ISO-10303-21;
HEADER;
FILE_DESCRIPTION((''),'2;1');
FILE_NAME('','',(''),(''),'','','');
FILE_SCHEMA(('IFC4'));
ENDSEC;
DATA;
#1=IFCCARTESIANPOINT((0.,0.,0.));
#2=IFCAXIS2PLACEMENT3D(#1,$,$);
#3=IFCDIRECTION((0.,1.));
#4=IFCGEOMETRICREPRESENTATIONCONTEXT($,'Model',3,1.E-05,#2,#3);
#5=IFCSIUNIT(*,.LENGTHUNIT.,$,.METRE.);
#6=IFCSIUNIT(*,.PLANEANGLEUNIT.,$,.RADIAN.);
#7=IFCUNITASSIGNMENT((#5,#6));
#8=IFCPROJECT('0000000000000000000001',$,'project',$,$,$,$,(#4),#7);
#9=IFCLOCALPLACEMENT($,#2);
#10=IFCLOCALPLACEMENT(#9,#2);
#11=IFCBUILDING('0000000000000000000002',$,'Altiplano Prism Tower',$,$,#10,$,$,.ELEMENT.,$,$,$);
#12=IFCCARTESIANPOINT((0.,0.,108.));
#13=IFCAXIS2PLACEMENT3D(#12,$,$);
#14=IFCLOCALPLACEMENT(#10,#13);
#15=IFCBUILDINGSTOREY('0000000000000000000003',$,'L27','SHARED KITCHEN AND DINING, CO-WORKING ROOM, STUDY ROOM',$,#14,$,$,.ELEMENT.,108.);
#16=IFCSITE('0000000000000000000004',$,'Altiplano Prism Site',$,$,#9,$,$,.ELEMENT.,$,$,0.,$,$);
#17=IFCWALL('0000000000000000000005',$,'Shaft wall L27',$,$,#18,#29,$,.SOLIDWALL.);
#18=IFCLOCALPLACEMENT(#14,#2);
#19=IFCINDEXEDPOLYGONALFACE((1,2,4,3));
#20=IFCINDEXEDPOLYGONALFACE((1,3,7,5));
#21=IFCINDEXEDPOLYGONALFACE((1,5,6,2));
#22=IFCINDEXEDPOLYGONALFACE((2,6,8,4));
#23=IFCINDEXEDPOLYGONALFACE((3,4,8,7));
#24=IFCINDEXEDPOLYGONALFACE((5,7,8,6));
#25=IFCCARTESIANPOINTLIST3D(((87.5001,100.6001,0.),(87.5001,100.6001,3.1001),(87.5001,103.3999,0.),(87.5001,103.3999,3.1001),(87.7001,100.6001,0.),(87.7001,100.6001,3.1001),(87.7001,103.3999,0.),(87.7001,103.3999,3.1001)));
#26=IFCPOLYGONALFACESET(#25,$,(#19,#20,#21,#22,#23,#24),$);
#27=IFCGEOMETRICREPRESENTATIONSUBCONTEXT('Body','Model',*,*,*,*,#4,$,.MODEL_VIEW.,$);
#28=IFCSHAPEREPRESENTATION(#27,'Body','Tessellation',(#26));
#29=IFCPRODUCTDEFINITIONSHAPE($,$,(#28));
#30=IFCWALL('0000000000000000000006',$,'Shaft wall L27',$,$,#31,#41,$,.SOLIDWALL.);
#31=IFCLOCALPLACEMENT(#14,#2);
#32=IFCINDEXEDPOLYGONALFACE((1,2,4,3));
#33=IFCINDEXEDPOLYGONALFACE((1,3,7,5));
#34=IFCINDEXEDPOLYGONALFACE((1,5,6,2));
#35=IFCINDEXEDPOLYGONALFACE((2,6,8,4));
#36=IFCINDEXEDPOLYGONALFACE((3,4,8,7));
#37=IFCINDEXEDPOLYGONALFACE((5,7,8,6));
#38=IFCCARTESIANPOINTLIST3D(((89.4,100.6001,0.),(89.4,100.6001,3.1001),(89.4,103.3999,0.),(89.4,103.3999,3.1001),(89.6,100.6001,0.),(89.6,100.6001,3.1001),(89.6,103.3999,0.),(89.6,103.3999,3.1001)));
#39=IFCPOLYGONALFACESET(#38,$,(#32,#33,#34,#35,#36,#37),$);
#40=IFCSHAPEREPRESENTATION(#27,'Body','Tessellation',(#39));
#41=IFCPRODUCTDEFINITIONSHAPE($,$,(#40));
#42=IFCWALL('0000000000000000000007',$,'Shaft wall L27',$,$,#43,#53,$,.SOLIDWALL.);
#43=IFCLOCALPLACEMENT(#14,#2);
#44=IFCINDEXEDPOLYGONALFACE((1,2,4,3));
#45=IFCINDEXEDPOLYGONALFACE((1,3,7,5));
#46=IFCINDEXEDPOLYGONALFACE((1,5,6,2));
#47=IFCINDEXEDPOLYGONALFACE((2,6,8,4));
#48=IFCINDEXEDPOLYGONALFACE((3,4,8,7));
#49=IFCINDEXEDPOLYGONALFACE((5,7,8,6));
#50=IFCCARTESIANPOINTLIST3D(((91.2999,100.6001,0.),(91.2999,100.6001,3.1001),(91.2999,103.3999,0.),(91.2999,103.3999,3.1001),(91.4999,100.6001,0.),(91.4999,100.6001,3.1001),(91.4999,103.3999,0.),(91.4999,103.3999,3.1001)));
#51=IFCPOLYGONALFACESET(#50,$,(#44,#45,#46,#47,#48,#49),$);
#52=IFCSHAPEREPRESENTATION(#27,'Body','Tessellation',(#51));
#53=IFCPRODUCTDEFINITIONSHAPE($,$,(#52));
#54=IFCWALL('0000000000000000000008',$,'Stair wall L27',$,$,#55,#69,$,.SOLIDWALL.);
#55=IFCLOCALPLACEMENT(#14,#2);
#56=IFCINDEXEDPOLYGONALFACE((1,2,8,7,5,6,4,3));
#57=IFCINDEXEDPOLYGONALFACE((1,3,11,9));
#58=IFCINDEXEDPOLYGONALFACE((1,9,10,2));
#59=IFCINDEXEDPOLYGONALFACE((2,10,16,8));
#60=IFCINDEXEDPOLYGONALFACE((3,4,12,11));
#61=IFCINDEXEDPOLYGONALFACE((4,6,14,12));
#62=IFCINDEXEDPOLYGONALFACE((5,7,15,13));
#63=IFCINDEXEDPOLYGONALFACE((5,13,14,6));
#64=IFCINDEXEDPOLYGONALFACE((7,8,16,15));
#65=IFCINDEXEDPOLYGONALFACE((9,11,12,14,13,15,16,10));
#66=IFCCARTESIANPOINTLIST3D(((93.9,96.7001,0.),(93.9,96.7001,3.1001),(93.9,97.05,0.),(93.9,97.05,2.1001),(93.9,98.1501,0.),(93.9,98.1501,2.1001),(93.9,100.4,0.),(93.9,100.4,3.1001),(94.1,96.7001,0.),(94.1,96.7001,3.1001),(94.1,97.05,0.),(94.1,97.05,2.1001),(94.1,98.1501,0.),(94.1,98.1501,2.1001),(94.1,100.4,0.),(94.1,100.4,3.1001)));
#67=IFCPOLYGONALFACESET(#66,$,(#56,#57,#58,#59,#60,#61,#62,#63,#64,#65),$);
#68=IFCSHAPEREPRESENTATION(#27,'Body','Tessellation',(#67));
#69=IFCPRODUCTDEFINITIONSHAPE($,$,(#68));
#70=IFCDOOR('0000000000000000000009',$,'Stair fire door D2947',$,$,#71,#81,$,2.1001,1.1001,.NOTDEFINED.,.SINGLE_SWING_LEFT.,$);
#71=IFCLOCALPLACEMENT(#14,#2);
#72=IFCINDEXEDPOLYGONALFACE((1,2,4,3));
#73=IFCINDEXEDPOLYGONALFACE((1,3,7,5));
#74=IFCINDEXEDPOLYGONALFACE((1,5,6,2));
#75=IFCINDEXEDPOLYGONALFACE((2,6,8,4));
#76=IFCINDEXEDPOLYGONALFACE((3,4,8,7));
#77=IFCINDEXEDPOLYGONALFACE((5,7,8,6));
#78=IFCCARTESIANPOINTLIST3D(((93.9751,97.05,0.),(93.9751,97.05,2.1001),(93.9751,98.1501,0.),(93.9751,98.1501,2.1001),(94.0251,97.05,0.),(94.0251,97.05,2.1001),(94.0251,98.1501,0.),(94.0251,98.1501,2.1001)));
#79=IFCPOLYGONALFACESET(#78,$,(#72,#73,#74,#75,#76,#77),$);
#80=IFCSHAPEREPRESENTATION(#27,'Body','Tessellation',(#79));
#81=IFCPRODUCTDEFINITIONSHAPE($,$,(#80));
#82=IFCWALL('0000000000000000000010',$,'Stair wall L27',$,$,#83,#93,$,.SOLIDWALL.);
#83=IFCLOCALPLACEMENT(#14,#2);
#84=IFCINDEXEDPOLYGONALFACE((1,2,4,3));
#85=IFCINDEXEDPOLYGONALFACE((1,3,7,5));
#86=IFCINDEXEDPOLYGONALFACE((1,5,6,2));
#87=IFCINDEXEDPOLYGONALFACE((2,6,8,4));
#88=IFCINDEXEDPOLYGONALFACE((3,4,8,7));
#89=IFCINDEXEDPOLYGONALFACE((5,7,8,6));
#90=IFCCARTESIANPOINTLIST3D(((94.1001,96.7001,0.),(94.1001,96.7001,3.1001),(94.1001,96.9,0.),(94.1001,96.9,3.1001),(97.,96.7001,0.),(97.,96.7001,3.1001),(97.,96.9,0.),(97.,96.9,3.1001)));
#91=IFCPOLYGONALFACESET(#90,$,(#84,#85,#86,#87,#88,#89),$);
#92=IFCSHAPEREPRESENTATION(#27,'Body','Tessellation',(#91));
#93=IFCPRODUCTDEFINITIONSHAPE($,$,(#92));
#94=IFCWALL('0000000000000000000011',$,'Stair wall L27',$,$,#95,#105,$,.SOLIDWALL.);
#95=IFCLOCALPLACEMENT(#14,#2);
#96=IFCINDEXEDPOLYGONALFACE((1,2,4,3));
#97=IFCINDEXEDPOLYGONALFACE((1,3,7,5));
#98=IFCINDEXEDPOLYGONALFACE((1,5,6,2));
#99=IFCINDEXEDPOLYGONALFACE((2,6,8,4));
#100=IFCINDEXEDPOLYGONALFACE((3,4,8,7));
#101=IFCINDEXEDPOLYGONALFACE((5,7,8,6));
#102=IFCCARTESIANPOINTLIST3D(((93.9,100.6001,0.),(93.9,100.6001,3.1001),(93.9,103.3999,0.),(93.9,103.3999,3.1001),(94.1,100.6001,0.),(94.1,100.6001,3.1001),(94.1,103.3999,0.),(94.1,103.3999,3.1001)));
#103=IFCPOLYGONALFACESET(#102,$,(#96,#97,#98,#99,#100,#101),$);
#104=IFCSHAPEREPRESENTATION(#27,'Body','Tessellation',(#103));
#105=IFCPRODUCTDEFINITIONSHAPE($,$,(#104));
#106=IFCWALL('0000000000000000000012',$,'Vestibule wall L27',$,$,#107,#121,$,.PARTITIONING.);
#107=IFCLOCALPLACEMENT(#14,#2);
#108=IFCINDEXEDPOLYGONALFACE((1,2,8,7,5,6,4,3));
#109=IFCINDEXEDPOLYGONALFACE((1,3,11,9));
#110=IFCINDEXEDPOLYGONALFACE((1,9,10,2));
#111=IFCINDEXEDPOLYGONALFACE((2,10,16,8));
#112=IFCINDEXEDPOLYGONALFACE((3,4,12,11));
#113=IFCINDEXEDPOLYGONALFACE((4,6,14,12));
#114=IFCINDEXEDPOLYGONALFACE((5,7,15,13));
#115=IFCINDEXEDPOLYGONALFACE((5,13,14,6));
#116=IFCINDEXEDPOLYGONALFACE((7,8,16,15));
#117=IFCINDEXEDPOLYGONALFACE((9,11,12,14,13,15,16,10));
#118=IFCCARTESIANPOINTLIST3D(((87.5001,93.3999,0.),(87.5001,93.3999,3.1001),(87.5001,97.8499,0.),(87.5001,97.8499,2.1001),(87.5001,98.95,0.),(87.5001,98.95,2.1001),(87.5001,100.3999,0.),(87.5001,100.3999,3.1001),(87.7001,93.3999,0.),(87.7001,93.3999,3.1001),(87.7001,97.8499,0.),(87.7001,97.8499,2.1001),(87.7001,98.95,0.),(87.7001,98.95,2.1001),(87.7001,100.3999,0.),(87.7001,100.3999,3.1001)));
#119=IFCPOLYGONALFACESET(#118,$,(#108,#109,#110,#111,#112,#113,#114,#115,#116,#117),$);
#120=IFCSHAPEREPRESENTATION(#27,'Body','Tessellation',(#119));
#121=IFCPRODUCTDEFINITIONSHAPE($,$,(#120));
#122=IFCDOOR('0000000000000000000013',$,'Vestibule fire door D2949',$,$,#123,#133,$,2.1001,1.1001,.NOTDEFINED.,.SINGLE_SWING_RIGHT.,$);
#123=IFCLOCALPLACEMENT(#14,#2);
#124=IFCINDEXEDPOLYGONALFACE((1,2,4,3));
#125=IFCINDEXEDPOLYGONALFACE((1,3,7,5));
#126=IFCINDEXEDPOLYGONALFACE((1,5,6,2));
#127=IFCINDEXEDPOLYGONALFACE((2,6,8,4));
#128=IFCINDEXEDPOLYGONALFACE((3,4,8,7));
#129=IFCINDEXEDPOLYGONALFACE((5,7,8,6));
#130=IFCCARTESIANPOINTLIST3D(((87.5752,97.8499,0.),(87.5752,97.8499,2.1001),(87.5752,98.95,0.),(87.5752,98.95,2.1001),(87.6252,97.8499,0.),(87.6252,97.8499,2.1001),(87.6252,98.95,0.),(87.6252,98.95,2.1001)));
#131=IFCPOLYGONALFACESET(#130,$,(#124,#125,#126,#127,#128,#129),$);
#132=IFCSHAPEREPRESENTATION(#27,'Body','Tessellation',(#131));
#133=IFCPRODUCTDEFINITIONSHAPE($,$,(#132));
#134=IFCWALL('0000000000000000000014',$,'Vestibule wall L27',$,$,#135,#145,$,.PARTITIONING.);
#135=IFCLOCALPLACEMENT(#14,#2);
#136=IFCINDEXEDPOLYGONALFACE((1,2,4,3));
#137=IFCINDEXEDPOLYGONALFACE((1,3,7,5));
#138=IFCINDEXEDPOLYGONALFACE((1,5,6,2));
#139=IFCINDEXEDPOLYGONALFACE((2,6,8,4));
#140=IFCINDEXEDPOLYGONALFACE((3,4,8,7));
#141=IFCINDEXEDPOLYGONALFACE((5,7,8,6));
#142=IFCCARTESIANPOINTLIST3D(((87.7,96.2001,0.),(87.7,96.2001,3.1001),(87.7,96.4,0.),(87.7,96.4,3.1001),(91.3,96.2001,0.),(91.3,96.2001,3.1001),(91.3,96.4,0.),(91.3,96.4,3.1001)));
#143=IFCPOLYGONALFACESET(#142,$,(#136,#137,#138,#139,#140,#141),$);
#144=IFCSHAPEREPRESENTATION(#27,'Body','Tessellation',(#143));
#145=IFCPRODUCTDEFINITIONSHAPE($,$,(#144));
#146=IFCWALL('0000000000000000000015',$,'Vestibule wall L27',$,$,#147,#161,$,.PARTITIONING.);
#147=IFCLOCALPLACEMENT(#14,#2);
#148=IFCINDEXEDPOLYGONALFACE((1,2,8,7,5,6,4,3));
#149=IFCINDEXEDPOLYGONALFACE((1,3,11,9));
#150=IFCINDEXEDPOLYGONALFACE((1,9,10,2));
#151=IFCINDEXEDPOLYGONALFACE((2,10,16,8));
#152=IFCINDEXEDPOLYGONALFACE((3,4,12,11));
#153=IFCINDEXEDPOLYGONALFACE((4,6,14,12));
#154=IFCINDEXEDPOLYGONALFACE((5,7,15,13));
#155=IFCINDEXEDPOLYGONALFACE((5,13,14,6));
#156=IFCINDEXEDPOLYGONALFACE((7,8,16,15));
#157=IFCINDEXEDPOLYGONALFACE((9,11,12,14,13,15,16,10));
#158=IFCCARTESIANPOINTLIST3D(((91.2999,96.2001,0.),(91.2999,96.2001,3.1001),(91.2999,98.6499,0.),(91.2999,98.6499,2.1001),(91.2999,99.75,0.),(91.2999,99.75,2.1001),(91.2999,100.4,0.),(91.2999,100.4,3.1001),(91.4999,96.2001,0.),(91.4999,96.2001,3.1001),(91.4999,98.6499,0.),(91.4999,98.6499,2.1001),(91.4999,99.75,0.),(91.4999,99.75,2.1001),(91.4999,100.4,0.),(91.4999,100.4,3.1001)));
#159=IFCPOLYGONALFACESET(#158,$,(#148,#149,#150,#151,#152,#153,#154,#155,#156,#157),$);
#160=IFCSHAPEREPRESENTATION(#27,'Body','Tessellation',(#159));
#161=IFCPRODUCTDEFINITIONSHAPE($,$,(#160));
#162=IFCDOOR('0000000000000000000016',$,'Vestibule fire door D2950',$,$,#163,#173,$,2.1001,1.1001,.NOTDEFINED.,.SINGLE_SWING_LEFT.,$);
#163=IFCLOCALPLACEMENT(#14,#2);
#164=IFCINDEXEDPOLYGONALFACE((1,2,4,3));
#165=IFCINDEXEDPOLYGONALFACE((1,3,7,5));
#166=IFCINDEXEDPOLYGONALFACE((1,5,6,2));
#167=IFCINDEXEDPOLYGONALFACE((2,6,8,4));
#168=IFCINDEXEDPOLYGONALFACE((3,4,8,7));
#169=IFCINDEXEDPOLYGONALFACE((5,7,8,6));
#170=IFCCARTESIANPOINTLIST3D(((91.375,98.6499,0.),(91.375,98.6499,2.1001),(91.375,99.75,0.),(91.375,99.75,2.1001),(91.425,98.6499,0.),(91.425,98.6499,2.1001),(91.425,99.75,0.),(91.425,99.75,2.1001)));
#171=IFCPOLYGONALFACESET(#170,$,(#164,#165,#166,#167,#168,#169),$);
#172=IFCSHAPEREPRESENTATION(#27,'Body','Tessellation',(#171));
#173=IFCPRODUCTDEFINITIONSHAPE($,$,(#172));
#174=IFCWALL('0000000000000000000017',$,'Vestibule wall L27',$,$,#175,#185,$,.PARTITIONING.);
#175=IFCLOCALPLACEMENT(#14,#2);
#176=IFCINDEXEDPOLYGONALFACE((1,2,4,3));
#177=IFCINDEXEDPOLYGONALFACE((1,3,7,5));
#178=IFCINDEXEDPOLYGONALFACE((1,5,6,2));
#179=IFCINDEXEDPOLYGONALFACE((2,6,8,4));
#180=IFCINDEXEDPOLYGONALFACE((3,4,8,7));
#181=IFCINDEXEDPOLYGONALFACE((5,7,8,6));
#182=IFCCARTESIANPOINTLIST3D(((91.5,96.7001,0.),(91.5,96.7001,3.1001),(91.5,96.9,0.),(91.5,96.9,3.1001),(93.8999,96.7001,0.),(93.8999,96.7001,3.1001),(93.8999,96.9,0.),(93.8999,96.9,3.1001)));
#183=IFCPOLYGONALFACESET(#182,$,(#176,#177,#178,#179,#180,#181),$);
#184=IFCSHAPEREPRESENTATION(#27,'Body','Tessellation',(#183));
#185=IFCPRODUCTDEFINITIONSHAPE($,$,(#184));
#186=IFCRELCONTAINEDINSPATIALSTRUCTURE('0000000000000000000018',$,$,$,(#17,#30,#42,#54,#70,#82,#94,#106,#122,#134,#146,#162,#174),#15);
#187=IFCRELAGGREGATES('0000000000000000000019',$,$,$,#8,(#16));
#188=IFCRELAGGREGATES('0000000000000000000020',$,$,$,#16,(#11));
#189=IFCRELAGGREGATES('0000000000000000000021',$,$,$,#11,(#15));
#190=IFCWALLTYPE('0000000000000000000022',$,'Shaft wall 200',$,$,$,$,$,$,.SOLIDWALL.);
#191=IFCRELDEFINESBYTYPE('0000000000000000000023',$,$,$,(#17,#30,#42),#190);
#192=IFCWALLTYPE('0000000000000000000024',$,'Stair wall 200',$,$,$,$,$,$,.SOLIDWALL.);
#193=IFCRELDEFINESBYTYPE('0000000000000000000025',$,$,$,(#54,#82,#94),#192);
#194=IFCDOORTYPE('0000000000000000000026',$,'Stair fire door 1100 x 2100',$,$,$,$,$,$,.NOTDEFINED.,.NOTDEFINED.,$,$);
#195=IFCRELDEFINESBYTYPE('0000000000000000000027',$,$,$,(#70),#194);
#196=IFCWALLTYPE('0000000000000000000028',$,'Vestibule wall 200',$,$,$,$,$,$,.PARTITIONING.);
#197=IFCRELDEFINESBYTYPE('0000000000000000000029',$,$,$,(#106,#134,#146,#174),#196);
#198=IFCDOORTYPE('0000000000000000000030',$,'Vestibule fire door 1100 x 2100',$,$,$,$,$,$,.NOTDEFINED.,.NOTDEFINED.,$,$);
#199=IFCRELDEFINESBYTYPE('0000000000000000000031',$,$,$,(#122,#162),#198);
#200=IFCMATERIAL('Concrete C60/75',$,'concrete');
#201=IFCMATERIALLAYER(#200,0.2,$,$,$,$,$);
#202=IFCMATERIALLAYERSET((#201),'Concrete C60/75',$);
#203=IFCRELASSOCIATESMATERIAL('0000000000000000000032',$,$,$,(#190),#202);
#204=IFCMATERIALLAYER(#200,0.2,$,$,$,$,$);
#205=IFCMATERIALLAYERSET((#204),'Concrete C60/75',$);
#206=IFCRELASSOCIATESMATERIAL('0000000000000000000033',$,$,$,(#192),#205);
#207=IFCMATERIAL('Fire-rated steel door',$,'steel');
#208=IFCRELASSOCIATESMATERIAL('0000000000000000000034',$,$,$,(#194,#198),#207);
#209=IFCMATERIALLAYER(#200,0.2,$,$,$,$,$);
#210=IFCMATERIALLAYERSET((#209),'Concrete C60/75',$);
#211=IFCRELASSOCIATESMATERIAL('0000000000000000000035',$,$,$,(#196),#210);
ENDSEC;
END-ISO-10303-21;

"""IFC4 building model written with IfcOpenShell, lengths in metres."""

from ifc_helpers import new_model, si_unit, direction, frame, frame_2d, origin, place, context, subcontext, project, spatial, rectangle, extrude, material, layer, layer_set, type_object, element, fill, save


model = new_model("IFC4")

# Units and contexts
model_context = context("Model", 3, precision=1e-05, world=origin(), true_north=direction((0.0, 1.0)))
body_context = subcontext(model_context, "Body", "Model", "MODEL_VIEW")
ifc_project = project(units=[si_unit("LENGTHUNIT", "METRE"), si_unit("PLANEANGLEUNIT", "RADIAN")], contexts=[model_context])

# Site, building, storey
site_placement = place(None, origin())
site = spatial("IfcSite", under=ifc_project, at=site_placement, Name="Altiplano Prism Site", CompositionType="ELEMENT", RefElevation=0.0)
building_placement = place(site_placement, origin())
building = spatial("IfcBuilding", under=site, at=building_placement, Name="Altiplano Prism Tower", CompositionType="ELEMENT")
storey_placement = place(building_placement, frame((0.0, 0.0, 108.0)))
storey = spatial("IfcBuildingStorey", under=building, at=storey_placement, Name="L27", Description="SHARED KITCHEN AND DINING, CO-WORKING ROOM, STUDY ROOM", CompositionType="ELEMENT", Elevation=108.0)

# Walls
ifc_material_1 = material(Name="Concrete C60/75", Category="concrete")
ifc_layer_1 = layer(ifc_material_1, 0.2)
ifc_layer_set_1 = layer_set([ifc_layer_1], Name="Concrete C60/75")
wall_type_1 = type_object("IfcWallType", Name="Shaft wall 200", PredefinedType="SOLIDWALL", material=ifc_layer_set_1)
for number, where, z_axis, x_axis, name in (
    (1, (87.6001, 100.6001, 0.0), (0.0, 0.0, 1.0), (0.0, 1.0, 0.0), "Shaft wall L27"),
    (2, (89.5, 100.6001, 0.0), (0.0, 0.0, 1.0), (0.0, 1.0, 0.0), "Shaft wall L27"),
    (3, (91.3999, 100.6001, 0.0), (0.0, 0.0, 1.0), (0.0, 1.0, 0.0), "Shaft wall L27"),
):
    element("IfcWall", number, at=place(storey_placement, frame(where, z_axis=z_axis, x_axis=x_axis)), inside=storey, type_object=wall_type_1, Name=name, PredefinedType="SOLIDWALL", context=body_context, shape_type="SweptSolid", body=[
        extrude(rectangle(XDim=2.7998, YDim=0.2, at=frame_2d((1.3999, 0.0))), origin(), (0.0, 0.0, 1.0), 3.1001),
    ])

# Wall, opening, door
ifc_layer_2 = layer(ifc_material_1, 0.2)
ifc_layer_set_2 = layer_set([ifc_layer_2], Name="Concrete C60/75")
wall_type_2 = type_object("IfcWallType", Name="Stair wall 200", PredefinedType="SOLIDWALL", material=ifc_layer_set_2)
wall_1_placement = place(storey_placement, frame((94.0, 96.7, 0.0), z_axis=(0.0, 0.0, 1.0), x_axis=(0.0, 1.0, 0.0)))
wall_1 = element("IfcWall", 4, at=wall_1_placement, inside=storey, type_object=wall_type_2, Name="Stair wall L27", PredefinedType="SOLIDWALL", context=body_context, shape_type="SweptSolid", body=[
    extrude(rectangle(XDim=3.7, YDim=0.2, at=frame_2d((1.8501, 0.0))), origin(), (0.0, 0.0, 1.0), 3.1001),
])
opening_1_placement = place(wall_1_placement, frame((0.3501, 0.0, 0.0)))
opening_1 = element("IfcOpeningElement", 5, at=opening_1_placement, cuts=wall_1, PredefinedType="OPENING", context=body_context, shape_type="SweptSolid", body=[
    extrude(rectangle(XDim=1.1001, YDim=2.1001, at=frame_2d((0.55, 1.05))), frame((0.0, 0.1104, 0.0), z_axis=(0.0, -1.0, 0.0), x_axis=(1.0, 0.0, 0.0)), (0.0, 0.0, 1.0), 0.2209),
])
ifc_material_2 = material(Name="Fire-rated steel door", Category="steel")
door_type_1 = type_object("IfcDoorType", Name="Stair fire door 1100 x 2100", OperationType="NOTDEFINED", PredefinedType="NOTDEFINED", material=ifc_material_2)
door_1_placement = place(opening_1_placement, origin())
door_1 = element("IfcDoor", 6, at=door_1_placement, inside=storey, type_object=door_type_1, Name="Stair fire door D2947", OperationType="SINGLE_SWING_LEFT", OverallHeight=2.1001, OverallWidth=1.1001, PredefinedType="NOTDEFINED", context=body_context, shape_type="SweptSolid", body=[
    extrude(rectangle(XDim=1.1001, YDim=2.1001, at=frame_2d((0.55, 1.05))), frame((0.0, 0.0249, 0.0), z_axis=(0.0, -1.0, 0.0), x_axis=(1.0, 0.0, 0.0)), (0.0, 0.0, 1.0), 0.05),
])
fill(opening_1, door_1)

# Walls
wall_2_placement = place(storey_placement, frame((94.1001, 96.8, 0.0), z_axis=(0.0, 0.0, 1.0), x_axis=(1.0, 0.0, 0.0)))
element("IfcWall", 7, at=wall_2_placement, inside=storey, type_object=wall_type_2, Name="Stair wall L27", PredefinedType="SOLIDWALL", context=body_context, shape_type="SweptSolid", body=[
    extrude(rectangle(XDim=2.8999, YDim=0.2, at=frame_2d((1.45, 0.0))), origin(), (0.0, 0.0, 1.0), 3.1001),
])
wall_3_placement = place(storey_placement, frame((94.0, 100.6001, 0.0), z_axis=(0.0, 0.0, 1.0), x_axis=(0.0, 1.0, 0.0)))
element("IfcWall", 8, at=wall_3_placement, inside=storey, type_object=wall_type_2, Name="Stair wall L27", PredefinedType="SOLIDWALL", context=body_context, shape_type="SweptSolid", body=[
    extrude(rectangle(XDim=2.7998, YDim=0.2, at=frame_2d((1.3999, 0.0))), origin(), (0.0, 0.0, 1.0), 3.1001),
])

# Wall, opening, door
ifc_layer_3 = layer(ifc_material_1, 0.2)
ifc_layer_set_3 = layer_set([ifc_layer_3], Name="Concrete C60/75")
wall_type_3 = type_object("IfcWallType", Name="Vestibule wall 200", PredefinedType="PARTITIONING", material=ifc_layer_set_3)
wall_4_placement = place(storey_placement, frame((87.6001, 93.3999, 0.0), z_axis=(0.0, 0.0, 1.0), x_axis=(0.0, 1.0, 0.0)))
wall_4 = element("IfcWall", 9, at=wall_4_placement, inside=storey, type_object=wall_type_3, Name="Vestibule wall L27", PredefinedType="PARTITIONING", context=body_context, shape_type="SweptSolid", body=[
    extrude(rectangle(XDim=7.0, YDim=0.2, at=frame_2d((3.5, 0.0))), origin(), (0.0, 0.0, 1.0), 3.1001),
])
opening_2_placement = place(wall_4_placement, frame((4.45, 0.0, 0.0)))
opening_2 = element("IfcOpeningElement", 10, at=opening_2_placement, cuts=wall_4, PredefinedType="OPENING", context=body_context, shape_type="SweptSolid", body=[
    extrude(rectangle(XDim=1.1001, YDim=2.1001, at=frame_2d((0.55, 1.05))), frame((0.0, 0.1104, 0.0), z_axis=(0.0, -1.0, 0.0), x_axis=(1.0, 0.0, 0.0)), (0.0, 0.0, 1.0), 0.2209),
])
door_type_2 = type_object("IfcDoorType", Name="Vestibule fire door 1100 x 2100", OperationType="NOTDEFINED", PredefinedType="NOTDEFINED", material=ifc_material_2)
door_2_placement = place(opening_2_placement, origin())
door_2 = element("IfcDoor", 11, at=door_2_placement, inside=storey, type_object=door_type_2, Name="Vestibule fire door D2949", OperationType="SINGLE_SWING_RIGHT", OverallHeight=2.1001, OverallWidth=1.1001, PredefinedType="NOTDEFINED", context=body_context, shape_type="SweptSolid", body=[
    extrude(rectangle(XDim=1.1001, YDim=2.1001, at=frame_2d((0.55, 1.05))), frame((0.0, 0.0249, 0.0), z_axis=(0.0, -1.0, 0.0), x_axis=(1.0, 0.0, 0.0)), (0.0, 0.0, 1.0), 0.05),
])
fill(opening_2, door_2)

# Wall
wall_5_placement = place(storey_placement, frame((87.7, 96.3, 0.0), z_axis=(0.0, 0.0, 1.0), x_axis=(1.0, 0.0, 0.0)))
element("IfcWall", 12, at=wall_5_placement, inside=storey, type_object=wall_type_3, Name="Vestibule wall L27", PredefinedType="PARTITIONING", context=body_context, shape_type="SweptSolid", body=[
    extrude(rectangle(XDim=3.6001, YDim=0.2, at=frame_2d((1.8, 0.0))), origin(), (0.0, 0.0, 1.0), 3.1001),
])

# Wall, opening, door
wall_6_placement = place(storey_placement, frame((91.3999, 96.2, 0.0), z_axis=(0.0, 0.0, 1.0), x_axis=(0.0, 1.0, 0.0)))
wall_6 = element("IfcWall", 13, at=wall_6_placement, inside=storey, type_object=wall_type_3, Name="Vestibule wall L27", PredefinedType="PARTITIONING", context=body_context, shape_type="SweptSolid", body=[
    extrude(rectangle(XDim=4.2, YDim=0.2, at=frame_2d((2.1001, 0.0))), origin(), (0.0, 0.0, 1.0), 3.1001),
])
opening_3_placement = place(wall_6_placement, frame((2.45, 0.0, 0.0)))
opening_3 = element("IfcOpeningElement", 14, at=opening_3_placement, cuts=wall_6, PredefinedType="OPENING", context=body_context, shape_type="SweptSolid", body=[
    extrude(rectangle(XDim=1.1001, YDim=2.1001, at=frame_2d((0.55, 1.05))), frame((0.0, 0.1104, 0.0), z_axis=(0.0, -1.0, 0.0), x_axis=(1.0, 0.0, 0.0)), (0.0, 0.0, 1.0), 0.2209),
])
door_3_placement = place(opening_3_placement, origin())
door_3 = element("IfcDoor", 15, at=door_3_placement, inside=storey, type_object=door_type_2, Name="Vestibule fire door D2950", OperationType="SINGLE_SWING_LEFT", OverallHeight=2.1001, OverallWidth=1.1001, PredefinedType="NOTDEFINED", context=body_context, shape_type="SweptSolid", body=[
    extrude(rectangle(XDim=1.1001, YDim=2.1001, at=frame_2d((0.55, 1.05))), frame((0.0, 0.0249, 0.0), z_axis=(0.0, -1.0, 0.0), x_axis=(1.0, 0.0, 0.0)), (0.0, 0.0, 1.0), 0.05),
])
fill(opening_3, door_3)

# Wall
wall_7_placement = place(storey_placement, frame((91.5, 96.8, 0.0), z_axis=(0.0, 0.0, 1.0), x_axis=(1.0, 0.0, 0.0)))
element("IfcWall", 16, at=wall_7_placement, inside=storey, type_object=wall_type_3, Name="Vestibule wall L27", PredefinedType="PARTITIONING", context=body_context, shape_type="SweptSolid", body=[
    extrude(rectangle(XDim=2.3999, YDim=0.2, at=frame_2d((1.2, 0.0))), origin(), (0.0, 0.0, 1.0), 3.1001),
])

save(model, "model.ifc")
